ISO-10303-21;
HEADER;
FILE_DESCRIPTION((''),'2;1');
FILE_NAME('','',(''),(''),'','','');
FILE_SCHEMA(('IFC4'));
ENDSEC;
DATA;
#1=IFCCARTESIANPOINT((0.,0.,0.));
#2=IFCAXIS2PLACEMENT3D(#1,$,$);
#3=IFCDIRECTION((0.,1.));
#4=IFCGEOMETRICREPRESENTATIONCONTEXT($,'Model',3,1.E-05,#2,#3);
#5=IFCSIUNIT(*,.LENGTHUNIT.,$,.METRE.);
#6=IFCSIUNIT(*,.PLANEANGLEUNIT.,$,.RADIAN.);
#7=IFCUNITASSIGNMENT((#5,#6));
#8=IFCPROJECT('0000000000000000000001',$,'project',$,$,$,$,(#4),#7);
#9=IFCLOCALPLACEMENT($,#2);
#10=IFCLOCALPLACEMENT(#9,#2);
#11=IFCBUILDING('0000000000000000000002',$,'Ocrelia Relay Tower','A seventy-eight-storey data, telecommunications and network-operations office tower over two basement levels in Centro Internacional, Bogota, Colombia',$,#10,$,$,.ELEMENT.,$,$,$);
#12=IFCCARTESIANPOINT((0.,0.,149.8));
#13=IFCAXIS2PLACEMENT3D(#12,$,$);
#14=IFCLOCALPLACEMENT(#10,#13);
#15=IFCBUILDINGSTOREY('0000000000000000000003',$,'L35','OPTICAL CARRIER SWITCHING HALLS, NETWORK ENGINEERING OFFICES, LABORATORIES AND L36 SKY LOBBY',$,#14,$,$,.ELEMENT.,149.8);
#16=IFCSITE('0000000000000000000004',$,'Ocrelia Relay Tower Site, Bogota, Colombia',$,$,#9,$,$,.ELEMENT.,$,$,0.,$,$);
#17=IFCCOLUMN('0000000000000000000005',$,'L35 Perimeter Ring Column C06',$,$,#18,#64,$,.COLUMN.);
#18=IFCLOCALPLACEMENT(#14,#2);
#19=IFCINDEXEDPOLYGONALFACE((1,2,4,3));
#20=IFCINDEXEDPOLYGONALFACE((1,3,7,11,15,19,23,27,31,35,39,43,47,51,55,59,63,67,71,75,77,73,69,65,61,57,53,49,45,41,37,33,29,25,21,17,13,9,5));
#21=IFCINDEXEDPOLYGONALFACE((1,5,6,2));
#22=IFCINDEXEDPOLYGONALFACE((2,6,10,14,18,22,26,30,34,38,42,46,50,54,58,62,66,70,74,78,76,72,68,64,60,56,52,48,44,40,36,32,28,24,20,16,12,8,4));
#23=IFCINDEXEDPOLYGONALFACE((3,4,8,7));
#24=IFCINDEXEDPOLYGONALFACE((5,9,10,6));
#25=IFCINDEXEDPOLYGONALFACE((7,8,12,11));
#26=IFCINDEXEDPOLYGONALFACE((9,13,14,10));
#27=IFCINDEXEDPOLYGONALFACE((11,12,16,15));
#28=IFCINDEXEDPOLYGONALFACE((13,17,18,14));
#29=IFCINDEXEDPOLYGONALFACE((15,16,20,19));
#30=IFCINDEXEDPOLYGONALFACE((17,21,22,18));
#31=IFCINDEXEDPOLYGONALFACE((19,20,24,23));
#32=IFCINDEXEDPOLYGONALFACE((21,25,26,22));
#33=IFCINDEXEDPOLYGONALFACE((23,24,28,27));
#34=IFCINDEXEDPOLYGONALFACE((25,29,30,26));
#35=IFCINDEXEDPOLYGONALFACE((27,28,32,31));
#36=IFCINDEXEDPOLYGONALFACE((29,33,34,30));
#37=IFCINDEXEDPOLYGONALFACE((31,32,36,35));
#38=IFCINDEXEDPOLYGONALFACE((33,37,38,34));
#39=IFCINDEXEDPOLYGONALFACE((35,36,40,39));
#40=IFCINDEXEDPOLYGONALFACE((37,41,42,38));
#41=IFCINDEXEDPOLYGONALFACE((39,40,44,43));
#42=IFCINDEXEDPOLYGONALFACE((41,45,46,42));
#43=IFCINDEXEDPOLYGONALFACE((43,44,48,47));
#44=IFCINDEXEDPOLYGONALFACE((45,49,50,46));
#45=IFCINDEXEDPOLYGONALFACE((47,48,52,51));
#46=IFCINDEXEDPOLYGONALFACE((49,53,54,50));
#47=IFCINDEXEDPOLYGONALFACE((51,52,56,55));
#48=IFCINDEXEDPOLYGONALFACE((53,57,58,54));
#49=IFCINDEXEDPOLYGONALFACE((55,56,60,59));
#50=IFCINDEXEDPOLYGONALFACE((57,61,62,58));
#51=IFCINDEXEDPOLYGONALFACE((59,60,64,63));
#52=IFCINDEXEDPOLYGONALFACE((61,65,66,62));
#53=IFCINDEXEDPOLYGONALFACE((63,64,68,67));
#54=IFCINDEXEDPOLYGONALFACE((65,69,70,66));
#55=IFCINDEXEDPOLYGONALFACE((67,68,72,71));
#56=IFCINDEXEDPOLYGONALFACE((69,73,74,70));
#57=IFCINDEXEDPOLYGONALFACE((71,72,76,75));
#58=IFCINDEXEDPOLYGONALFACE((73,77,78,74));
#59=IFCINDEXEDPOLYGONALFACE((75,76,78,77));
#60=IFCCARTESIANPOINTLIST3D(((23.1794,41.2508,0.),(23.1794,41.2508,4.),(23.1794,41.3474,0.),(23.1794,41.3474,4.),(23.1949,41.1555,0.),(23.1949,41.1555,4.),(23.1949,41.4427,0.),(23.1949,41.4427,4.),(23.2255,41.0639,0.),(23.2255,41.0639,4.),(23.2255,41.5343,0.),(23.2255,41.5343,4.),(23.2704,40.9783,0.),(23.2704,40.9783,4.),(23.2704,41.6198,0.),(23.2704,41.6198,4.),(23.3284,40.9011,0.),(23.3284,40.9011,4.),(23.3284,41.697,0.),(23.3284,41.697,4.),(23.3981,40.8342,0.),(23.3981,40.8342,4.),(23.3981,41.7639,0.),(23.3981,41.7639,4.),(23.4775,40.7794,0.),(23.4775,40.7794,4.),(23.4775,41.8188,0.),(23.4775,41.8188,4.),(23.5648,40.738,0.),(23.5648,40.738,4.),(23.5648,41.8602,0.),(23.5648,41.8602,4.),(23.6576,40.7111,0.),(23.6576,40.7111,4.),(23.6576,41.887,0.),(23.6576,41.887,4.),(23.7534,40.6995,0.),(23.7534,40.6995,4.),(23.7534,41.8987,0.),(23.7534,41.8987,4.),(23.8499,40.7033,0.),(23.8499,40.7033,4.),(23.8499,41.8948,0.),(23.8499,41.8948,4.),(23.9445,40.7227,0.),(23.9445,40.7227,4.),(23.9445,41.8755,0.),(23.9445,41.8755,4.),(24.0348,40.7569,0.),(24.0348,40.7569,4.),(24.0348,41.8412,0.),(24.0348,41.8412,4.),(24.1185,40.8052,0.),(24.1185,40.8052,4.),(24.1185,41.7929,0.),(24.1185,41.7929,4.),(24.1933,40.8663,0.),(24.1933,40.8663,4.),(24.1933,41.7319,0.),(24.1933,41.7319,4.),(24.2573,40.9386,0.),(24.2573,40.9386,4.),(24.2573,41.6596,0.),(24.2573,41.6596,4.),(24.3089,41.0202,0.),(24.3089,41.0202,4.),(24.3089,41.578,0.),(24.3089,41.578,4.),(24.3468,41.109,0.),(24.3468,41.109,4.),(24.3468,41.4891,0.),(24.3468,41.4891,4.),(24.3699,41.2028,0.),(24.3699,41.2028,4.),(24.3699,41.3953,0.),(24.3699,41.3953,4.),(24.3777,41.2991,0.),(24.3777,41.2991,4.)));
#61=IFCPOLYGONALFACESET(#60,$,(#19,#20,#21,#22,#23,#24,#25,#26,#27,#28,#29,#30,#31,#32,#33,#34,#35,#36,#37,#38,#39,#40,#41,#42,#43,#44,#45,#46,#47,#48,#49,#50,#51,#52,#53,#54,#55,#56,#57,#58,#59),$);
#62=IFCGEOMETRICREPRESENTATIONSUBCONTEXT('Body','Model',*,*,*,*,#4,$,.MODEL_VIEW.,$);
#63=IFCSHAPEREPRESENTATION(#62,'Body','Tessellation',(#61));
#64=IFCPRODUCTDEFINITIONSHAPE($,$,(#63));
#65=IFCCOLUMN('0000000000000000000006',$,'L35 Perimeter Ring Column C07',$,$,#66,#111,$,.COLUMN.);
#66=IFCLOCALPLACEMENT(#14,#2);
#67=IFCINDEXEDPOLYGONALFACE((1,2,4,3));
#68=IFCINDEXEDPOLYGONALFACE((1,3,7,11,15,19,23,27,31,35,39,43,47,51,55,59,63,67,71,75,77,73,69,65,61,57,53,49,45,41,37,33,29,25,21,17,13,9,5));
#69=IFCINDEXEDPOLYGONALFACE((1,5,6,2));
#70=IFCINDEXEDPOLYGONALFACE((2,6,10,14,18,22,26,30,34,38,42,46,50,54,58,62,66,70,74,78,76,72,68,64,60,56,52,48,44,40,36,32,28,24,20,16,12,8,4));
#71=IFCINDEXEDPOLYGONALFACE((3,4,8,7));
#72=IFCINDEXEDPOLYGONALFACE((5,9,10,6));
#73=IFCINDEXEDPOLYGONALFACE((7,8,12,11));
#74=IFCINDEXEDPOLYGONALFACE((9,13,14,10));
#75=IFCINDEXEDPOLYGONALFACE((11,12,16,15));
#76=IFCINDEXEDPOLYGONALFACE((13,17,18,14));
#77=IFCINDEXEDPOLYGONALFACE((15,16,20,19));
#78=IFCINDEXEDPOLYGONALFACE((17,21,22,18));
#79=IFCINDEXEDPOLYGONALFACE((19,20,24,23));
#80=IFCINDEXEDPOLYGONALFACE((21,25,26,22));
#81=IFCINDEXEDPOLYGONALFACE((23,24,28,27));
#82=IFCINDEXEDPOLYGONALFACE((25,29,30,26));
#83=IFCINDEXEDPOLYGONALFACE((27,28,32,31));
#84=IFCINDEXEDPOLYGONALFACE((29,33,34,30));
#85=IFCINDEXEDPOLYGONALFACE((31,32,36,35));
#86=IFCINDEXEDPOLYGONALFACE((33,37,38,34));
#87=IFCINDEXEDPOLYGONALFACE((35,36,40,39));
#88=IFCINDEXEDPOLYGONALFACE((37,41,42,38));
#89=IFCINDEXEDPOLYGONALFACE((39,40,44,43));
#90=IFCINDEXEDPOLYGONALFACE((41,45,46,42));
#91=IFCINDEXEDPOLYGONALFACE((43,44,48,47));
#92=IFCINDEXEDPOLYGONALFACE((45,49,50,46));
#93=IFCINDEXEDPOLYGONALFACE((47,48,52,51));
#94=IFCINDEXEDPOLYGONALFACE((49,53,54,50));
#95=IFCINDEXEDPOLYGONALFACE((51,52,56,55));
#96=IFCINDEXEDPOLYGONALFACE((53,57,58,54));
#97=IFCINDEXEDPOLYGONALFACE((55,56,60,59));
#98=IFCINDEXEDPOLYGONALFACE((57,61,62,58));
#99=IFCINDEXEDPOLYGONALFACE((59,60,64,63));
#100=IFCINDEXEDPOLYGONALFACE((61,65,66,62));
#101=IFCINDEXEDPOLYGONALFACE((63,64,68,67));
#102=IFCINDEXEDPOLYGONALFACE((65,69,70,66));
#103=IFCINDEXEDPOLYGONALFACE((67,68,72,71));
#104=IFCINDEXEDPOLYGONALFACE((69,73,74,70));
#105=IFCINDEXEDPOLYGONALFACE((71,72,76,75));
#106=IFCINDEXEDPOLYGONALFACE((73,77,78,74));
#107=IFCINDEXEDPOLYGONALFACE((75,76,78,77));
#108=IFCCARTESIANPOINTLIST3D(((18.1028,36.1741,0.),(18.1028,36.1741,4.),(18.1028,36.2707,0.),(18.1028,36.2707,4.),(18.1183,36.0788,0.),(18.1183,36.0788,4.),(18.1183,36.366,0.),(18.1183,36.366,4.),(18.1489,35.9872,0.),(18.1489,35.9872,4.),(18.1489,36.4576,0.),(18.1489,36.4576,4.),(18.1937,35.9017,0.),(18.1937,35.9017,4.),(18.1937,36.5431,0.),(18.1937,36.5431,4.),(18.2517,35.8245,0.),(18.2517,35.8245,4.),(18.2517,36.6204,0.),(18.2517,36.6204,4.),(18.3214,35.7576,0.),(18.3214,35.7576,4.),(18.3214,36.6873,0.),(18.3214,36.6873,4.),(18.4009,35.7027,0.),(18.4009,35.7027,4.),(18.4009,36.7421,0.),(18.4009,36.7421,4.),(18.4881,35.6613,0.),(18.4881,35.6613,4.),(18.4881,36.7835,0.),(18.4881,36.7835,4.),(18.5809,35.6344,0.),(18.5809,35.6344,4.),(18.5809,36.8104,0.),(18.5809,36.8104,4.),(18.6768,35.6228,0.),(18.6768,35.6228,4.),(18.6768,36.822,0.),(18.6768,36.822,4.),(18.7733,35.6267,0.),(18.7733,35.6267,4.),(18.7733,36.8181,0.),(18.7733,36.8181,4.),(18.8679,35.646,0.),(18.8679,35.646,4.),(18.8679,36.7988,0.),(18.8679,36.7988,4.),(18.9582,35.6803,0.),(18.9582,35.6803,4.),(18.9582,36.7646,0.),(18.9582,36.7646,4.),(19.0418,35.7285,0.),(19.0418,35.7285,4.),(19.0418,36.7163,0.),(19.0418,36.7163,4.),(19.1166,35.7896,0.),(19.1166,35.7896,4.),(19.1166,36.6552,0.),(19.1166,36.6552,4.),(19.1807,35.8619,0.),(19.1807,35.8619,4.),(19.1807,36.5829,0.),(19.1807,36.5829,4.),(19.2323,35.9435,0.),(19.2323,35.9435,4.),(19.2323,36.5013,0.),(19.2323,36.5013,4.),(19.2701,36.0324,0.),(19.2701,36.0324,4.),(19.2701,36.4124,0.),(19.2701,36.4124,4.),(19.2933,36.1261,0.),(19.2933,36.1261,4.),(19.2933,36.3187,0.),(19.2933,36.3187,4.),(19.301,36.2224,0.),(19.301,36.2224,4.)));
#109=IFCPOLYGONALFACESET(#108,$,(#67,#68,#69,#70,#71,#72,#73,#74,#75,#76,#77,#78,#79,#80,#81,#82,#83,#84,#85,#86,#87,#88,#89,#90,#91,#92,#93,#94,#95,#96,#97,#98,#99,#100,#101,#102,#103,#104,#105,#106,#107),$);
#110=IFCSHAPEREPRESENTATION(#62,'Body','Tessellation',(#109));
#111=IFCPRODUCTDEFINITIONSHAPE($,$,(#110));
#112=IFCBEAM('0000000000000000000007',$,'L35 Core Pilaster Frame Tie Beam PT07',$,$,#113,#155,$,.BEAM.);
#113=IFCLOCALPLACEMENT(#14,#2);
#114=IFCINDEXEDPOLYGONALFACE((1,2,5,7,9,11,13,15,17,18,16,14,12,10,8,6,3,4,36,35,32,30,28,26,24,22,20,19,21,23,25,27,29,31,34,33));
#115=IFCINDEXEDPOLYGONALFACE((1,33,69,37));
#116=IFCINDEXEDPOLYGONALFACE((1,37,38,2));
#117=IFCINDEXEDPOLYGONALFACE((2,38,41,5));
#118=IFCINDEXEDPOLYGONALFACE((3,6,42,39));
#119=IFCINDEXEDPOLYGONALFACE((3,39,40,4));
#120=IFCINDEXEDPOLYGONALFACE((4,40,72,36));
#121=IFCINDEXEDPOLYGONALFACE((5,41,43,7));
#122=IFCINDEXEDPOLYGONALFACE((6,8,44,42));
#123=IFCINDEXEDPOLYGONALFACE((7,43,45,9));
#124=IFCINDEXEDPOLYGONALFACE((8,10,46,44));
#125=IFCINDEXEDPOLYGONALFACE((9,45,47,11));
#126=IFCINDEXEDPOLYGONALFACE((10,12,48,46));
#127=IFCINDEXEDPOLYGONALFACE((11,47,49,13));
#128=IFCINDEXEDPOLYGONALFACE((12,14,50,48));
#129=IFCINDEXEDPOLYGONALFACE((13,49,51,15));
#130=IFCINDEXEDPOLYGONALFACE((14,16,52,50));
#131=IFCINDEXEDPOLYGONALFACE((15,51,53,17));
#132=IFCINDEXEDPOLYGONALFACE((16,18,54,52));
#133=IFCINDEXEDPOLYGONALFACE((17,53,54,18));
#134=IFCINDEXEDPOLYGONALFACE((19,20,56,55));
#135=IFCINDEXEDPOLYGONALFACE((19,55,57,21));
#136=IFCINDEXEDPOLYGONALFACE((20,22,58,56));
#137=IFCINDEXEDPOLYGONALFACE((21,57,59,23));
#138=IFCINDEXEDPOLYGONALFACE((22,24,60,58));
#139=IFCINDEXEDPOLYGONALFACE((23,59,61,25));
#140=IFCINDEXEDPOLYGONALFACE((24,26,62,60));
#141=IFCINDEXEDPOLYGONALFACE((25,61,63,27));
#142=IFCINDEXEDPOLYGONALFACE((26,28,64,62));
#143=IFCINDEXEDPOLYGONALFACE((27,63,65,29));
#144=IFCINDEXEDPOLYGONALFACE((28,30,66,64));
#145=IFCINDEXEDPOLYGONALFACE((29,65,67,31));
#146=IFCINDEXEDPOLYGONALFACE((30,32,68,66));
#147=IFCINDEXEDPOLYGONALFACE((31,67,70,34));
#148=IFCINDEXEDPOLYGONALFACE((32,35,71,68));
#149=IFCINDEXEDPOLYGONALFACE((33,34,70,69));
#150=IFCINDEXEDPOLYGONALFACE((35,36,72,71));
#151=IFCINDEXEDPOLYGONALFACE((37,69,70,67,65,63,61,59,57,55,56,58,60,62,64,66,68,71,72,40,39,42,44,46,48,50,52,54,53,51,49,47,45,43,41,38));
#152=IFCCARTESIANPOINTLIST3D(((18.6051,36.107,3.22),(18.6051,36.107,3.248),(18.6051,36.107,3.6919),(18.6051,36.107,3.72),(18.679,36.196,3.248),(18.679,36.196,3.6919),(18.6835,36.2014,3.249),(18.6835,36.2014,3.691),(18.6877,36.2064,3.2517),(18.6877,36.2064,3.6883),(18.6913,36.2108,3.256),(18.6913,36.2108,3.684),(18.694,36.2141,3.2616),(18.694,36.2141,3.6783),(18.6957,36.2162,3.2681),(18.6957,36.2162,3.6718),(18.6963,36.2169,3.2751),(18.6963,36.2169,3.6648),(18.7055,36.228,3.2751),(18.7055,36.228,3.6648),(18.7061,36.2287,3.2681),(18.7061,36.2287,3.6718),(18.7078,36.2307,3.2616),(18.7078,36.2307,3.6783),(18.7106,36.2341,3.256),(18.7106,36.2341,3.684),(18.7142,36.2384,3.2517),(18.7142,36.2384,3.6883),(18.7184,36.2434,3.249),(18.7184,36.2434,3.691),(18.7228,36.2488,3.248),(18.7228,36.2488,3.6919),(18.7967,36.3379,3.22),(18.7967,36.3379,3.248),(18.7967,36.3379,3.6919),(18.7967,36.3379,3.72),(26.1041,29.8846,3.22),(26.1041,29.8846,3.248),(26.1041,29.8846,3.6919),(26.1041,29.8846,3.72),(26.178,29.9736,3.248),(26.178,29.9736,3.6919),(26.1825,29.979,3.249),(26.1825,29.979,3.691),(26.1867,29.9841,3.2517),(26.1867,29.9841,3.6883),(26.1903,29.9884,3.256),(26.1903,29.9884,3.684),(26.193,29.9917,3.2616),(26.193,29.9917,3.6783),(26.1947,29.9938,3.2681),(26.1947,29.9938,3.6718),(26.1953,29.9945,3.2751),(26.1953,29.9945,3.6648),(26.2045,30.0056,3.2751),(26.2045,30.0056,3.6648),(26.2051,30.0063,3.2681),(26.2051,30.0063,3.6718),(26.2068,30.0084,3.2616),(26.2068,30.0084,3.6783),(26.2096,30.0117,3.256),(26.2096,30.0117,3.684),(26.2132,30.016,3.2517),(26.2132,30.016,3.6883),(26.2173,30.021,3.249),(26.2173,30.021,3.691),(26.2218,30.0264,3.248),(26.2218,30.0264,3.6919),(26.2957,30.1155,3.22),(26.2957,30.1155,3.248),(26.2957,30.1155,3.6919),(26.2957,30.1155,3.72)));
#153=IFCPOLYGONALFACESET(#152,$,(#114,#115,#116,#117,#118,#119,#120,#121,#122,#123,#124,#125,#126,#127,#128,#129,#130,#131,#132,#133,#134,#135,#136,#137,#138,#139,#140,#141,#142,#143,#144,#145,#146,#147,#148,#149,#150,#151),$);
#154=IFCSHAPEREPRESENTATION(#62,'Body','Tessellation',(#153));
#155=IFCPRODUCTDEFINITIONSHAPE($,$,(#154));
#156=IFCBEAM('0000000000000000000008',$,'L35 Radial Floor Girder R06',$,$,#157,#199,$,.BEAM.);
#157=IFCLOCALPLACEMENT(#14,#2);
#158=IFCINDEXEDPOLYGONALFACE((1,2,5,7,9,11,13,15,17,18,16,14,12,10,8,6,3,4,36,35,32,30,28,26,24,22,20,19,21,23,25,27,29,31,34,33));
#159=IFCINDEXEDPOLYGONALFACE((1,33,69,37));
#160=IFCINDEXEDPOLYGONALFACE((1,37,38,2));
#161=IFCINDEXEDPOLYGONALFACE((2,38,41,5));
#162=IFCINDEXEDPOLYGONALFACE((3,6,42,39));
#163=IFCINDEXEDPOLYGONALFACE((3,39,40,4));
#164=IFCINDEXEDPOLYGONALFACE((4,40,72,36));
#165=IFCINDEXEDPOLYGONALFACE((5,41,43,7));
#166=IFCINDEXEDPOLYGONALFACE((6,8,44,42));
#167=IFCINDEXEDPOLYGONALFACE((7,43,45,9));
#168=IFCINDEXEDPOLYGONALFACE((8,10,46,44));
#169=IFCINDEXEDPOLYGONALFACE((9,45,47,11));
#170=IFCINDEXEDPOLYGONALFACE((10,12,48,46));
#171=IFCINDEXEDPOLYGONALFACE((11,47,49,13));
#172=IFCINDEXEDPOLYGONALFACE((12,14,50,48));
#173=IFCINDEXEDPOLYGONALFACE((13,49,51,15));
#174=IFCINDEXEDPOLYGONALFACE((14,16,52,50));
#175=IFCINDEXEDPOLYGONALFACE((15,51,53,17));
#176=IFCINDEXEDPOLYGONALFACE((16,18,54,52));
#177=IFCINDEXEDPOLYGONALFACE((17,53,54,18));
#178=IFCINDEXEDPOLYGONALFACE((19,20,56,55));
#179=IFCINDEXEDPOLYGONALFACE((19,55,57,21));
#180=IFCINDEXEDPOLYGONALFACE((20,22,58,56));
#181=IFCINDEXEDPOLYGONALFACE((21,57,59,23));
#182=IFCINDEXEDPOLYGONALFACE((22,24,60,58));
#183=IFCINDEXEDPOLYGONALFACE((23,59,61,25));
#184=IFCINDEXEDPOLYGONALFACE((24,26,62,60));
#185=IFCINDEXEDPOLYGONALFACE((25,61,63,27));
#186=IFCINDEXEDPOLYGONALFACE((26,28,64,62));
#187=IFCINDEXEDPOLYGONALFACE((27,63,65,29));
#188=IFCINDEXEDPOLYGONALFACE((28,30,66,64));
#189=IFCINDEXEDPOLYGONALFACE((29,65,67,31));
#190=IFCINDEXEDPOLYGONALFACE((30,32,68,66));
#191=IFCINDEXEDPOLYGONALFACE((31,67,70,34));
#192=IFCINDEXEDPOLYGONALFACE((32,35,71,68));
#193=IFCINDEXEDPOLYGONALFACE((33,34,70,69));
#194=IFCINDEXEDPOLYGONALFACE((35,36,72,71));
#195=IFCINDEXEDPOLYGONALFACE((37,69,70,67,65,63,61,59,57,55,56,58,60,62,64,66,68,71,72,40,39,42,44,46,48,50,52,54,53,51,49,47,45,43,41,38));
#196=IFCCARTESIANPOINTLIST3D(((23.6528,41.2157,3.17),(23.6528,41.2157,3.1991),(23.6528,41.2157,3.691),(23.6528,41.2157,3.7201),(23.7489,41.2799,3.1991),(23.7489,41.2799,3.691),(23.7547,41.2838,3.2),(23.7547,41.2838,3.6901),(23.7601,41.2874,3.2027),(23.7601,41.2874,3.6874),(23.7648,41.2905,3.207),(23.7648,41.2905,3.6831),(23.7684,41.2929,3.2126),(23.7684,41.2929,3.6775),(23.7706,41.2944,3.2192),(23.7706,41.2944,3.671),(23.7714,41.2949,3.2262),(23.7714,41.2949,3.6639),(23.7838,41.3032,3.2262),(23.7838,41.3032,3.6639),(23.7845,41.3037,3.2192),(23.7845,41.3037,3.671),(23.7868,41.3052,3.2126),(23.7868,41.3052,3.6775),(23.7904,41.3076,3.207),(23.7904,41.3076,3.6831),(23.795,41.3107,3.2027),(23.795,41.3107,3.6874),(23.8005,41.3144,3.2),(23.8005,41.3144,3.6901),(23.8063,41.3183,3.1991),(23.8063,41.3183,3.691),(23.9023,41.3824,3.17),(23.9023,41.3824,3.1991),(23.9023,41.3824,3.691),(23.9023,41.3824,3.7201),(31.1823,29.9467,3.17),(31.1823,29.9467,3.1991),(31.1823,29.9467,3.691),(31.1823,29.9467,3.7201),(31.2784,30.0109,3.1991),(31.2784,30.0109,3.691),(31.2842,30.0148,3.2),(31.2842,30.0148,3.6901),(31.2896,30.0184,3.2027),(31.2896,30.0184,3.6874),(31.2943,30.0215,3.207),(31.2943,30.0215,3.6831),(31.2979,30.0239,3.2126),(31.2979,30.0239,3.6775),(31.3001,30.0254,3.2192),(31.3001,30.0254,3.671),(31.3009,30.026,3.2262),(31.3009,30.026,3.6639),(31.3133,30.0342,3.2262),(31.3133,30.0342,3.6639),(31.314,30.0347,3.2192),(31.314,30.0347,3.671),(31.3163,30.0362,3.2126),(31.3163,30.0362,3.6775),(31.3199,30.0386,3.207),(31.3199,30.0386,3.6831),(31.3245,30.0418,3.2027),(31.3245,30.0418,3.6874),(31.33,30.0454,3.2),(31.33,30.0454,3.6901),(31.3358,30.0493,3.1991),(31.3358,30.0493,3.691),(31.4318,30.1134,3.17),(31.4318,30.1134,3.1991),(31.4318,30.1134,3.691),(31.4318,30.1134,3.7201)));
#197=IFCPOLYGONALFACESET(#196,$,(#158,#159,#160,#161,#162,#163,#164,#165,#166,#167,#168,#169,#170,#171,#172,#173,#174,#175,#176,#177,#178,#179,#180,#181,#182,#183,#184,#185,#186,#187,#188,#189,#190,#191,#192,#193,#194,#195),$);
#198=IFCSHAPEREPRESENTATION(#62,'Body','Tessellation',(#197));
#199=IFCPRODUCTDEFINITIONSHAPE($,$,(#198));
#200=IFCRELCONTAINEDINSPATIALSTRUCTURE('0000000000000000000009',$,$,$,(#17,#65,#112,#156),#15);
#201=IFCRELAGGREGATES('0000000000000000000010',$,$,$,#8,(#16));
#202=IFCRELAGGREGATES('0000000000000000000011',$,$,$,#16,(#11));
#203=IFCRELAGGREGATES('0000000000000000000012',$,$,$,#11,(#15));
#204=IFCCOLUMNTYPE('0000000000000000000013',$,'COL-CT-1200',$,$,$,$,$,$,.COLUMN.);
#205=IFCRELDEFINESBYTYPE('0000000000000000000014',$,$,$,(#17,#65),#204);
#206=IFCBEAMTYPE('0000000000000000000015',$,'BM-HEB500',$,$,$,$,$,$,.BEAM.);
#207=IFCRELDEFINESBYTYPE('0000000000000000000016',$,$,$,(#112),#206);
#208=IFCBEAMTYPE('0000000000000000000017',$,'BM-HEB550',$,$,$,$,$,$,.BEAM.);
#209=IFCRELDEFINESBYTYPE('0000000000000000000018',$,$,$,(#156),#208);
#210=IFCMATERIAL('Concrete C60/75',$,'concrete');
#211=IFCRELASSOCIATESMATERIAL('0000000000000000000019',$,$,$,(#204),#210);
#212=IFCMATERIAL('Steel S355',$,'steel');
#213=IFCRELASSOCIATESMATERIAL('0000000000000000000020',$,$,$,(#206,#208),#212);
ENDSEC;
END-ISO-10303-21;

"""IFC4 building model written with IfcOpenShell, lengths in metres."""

from ifc_helpers import new_model, si_unit, direction, frame, origin, origin_2d, place, context, subcontext, project, spatial, circle, i_section, extrude, material, material_profile, profile_set, type_object, element, save


model = new_model("IFC4")

# Units and contexts
model_context = context("Model", 3, precision=1e-05, world=origin(), true_north=direction((0.0, 1.0)))
body_context = subcontext(model_context, "Body", "Model", "MODEL_VIEW")
ifc_project = project(units=[si_unit("LENGTHUNIT", "METRE"), si_unit("PLANEANGLEUNIT", "RADIAN")], contexts=[model_context])

# Site, building, storey
site_placement = place(None, origin())
site = spatial("IfcSite", under=ifc_project, at=site_placement, Name="Ocrelia Relay Tower Site, Bogota, Colombia", CompositionType="ELEMENT", RefElevation=0.0)
building_placement = place(site_placement, origin())
building = spatial("IfcBuilding", under=site, at=building_placement, Name="Ocrelia Relay Tower", Description="A seventy-eight-storey data, telecommunications and network-operations office tower over two basement levels in Centro Internacional, Bogota, Colombia", CompositionType="ELEMENT")
storey_placement = place(building_placement, frame((0.0, 0.0, 149.8)))
storey = spatial("IfcBuildingStorey", under=building, at=storey_placement, Name="L35", Description="OPTICAL CARRIER SWITCHING HALLS, NETWORK ENGINEERING OFFICES, LABORATORIES AND L36 SKY LOBBY", CompositionType="ELEMENT", Elevation=149.8)

# Columns
ifc_material_1 = material(Name="Concrete C60/75", Category="concrete")
ifc_material_profile_1 = material_profile(ifc_material_1, circle(Radius=0.6001, at=origin_2d()), Name="RC-CIR-1200")
ifc_profile_set_1 = profile_set([ifc_material_profile_1], Name="Concrete C60/75")
column_type = type_object("IfcColumnType", Name="COL-CT-1200", PredefinedType="COLUMN", material=ifc_profile_set_1)
for number, where, z_axis, x_axis, name in (
    (1, (23.7776, 41.2991, 0.0), (0.0, 0.0, 1.0), (1.0, 0.0, 0.0), "L35 Perimeter Ring Column C06"),
    (2, (18.7009, 36.2224, 0.0), (0.0, 0.0, 1.0), (1.0, 0.0, 0.0), "L35 Perimeter Ring Column C07"),
):
    element("IfcColumn", number, at=place(storey_placement, frame(where, z_axis=z_axis, x_axis=x_axis)), inside=storey, type_object=column_type, Name=name, PredefinedType="COLUMN", context=body_context, shape_type="SweptSolid", body=[
        extrude(circle(Radius=0.6001, at=origin_2d()), origin(), (0.0, 0.0, 1.0), 4.0),
    ])

# Beams
ifc_material_2 = material(Name="Steel S355", Category="steel")
ifc_material_profile_2 = material_profile(ifc_material_2, i_section(OverallWidth=0.3, OverallDepth=0.5, WebThickness=0.0144, FlangeThickness=0.0281, FilletRadius=0.0271, at=origin_2d()), Name="HEB 500")
ifc_profile_set_2 = profile_set([ifc_material_profile_2], Name="Steel S355")
beam_type_1 = type_object("IfcBeamType", Name="BM-HEB500", PredefinedType="BEAM", material=ifc_profile_set_2)
beam_1_placement = place(storey_placement, frame((18.7009, 36.2224, 3.47), z_axis=(0.769571, -0.638561, 0.0), x_axis=(0.638561, 0.769571, 0.0)))
element("IfcBeam", 3, at=beam_1_placement, inside=storey, type_object=beam_type_1, Name="L35 Core Pilaster Frame Tie Beam PT07", PredefinedType="BEAM", context=body_context, shape_type="SweptSolid", body=[
    extrude(i_section(OverallWidth=0.3, OverallDepth=0.5, WebThickness=0.0144, FlangeThickness=0.0281, FilletRadius=0.0271, at=origin_2d()), origin(), (0.0, 0.0, 1.0), 9.7444),
])
ifc_material_profile_3 = material_profile(ifc_material_2, i_section(OverallWidth=0.3, OverallDepth=0.55, WebThickness=0.0149, FlangeThickness=0.0291, FilletRadius=0.0271, at=origin_2d()), Name="HEB 550")
ifc_profile_set_3 = profile_set([ifc_material_profile_3], Name="Steel S355")
beam_type_2 = type_object("IfcBeamType", Name="BM-HEB550", PredefinedType="BEAM", material=ifc_profile_set_3)
beam_2_placement = place(storey_placement, frame((23.7776, 41.2991, 3.4451), z_axis=(0.55556, -0.831476, 0.0), x_axis=(0.831476, 0.55556, 0.0)))
element("IfcBeam", 4, at=beam_2_placement, inside=storey, type_object=beam_type_2, Name="L35 Radial Floor Girder R06", PredefinedType="BEAM", context=body_context, shape_type="SweptSolid", body=[
    extrude(i_section(OverallWidth=0.3, OverallDepth=0.55, WebThickness=0.0149, FlangeThickness=0.0291, FilletRadius=0.0271, at=origin_2d()), origin(), (0.0, 0.0, 1.0), 13.553),
])

save(model, "model.ifc")
